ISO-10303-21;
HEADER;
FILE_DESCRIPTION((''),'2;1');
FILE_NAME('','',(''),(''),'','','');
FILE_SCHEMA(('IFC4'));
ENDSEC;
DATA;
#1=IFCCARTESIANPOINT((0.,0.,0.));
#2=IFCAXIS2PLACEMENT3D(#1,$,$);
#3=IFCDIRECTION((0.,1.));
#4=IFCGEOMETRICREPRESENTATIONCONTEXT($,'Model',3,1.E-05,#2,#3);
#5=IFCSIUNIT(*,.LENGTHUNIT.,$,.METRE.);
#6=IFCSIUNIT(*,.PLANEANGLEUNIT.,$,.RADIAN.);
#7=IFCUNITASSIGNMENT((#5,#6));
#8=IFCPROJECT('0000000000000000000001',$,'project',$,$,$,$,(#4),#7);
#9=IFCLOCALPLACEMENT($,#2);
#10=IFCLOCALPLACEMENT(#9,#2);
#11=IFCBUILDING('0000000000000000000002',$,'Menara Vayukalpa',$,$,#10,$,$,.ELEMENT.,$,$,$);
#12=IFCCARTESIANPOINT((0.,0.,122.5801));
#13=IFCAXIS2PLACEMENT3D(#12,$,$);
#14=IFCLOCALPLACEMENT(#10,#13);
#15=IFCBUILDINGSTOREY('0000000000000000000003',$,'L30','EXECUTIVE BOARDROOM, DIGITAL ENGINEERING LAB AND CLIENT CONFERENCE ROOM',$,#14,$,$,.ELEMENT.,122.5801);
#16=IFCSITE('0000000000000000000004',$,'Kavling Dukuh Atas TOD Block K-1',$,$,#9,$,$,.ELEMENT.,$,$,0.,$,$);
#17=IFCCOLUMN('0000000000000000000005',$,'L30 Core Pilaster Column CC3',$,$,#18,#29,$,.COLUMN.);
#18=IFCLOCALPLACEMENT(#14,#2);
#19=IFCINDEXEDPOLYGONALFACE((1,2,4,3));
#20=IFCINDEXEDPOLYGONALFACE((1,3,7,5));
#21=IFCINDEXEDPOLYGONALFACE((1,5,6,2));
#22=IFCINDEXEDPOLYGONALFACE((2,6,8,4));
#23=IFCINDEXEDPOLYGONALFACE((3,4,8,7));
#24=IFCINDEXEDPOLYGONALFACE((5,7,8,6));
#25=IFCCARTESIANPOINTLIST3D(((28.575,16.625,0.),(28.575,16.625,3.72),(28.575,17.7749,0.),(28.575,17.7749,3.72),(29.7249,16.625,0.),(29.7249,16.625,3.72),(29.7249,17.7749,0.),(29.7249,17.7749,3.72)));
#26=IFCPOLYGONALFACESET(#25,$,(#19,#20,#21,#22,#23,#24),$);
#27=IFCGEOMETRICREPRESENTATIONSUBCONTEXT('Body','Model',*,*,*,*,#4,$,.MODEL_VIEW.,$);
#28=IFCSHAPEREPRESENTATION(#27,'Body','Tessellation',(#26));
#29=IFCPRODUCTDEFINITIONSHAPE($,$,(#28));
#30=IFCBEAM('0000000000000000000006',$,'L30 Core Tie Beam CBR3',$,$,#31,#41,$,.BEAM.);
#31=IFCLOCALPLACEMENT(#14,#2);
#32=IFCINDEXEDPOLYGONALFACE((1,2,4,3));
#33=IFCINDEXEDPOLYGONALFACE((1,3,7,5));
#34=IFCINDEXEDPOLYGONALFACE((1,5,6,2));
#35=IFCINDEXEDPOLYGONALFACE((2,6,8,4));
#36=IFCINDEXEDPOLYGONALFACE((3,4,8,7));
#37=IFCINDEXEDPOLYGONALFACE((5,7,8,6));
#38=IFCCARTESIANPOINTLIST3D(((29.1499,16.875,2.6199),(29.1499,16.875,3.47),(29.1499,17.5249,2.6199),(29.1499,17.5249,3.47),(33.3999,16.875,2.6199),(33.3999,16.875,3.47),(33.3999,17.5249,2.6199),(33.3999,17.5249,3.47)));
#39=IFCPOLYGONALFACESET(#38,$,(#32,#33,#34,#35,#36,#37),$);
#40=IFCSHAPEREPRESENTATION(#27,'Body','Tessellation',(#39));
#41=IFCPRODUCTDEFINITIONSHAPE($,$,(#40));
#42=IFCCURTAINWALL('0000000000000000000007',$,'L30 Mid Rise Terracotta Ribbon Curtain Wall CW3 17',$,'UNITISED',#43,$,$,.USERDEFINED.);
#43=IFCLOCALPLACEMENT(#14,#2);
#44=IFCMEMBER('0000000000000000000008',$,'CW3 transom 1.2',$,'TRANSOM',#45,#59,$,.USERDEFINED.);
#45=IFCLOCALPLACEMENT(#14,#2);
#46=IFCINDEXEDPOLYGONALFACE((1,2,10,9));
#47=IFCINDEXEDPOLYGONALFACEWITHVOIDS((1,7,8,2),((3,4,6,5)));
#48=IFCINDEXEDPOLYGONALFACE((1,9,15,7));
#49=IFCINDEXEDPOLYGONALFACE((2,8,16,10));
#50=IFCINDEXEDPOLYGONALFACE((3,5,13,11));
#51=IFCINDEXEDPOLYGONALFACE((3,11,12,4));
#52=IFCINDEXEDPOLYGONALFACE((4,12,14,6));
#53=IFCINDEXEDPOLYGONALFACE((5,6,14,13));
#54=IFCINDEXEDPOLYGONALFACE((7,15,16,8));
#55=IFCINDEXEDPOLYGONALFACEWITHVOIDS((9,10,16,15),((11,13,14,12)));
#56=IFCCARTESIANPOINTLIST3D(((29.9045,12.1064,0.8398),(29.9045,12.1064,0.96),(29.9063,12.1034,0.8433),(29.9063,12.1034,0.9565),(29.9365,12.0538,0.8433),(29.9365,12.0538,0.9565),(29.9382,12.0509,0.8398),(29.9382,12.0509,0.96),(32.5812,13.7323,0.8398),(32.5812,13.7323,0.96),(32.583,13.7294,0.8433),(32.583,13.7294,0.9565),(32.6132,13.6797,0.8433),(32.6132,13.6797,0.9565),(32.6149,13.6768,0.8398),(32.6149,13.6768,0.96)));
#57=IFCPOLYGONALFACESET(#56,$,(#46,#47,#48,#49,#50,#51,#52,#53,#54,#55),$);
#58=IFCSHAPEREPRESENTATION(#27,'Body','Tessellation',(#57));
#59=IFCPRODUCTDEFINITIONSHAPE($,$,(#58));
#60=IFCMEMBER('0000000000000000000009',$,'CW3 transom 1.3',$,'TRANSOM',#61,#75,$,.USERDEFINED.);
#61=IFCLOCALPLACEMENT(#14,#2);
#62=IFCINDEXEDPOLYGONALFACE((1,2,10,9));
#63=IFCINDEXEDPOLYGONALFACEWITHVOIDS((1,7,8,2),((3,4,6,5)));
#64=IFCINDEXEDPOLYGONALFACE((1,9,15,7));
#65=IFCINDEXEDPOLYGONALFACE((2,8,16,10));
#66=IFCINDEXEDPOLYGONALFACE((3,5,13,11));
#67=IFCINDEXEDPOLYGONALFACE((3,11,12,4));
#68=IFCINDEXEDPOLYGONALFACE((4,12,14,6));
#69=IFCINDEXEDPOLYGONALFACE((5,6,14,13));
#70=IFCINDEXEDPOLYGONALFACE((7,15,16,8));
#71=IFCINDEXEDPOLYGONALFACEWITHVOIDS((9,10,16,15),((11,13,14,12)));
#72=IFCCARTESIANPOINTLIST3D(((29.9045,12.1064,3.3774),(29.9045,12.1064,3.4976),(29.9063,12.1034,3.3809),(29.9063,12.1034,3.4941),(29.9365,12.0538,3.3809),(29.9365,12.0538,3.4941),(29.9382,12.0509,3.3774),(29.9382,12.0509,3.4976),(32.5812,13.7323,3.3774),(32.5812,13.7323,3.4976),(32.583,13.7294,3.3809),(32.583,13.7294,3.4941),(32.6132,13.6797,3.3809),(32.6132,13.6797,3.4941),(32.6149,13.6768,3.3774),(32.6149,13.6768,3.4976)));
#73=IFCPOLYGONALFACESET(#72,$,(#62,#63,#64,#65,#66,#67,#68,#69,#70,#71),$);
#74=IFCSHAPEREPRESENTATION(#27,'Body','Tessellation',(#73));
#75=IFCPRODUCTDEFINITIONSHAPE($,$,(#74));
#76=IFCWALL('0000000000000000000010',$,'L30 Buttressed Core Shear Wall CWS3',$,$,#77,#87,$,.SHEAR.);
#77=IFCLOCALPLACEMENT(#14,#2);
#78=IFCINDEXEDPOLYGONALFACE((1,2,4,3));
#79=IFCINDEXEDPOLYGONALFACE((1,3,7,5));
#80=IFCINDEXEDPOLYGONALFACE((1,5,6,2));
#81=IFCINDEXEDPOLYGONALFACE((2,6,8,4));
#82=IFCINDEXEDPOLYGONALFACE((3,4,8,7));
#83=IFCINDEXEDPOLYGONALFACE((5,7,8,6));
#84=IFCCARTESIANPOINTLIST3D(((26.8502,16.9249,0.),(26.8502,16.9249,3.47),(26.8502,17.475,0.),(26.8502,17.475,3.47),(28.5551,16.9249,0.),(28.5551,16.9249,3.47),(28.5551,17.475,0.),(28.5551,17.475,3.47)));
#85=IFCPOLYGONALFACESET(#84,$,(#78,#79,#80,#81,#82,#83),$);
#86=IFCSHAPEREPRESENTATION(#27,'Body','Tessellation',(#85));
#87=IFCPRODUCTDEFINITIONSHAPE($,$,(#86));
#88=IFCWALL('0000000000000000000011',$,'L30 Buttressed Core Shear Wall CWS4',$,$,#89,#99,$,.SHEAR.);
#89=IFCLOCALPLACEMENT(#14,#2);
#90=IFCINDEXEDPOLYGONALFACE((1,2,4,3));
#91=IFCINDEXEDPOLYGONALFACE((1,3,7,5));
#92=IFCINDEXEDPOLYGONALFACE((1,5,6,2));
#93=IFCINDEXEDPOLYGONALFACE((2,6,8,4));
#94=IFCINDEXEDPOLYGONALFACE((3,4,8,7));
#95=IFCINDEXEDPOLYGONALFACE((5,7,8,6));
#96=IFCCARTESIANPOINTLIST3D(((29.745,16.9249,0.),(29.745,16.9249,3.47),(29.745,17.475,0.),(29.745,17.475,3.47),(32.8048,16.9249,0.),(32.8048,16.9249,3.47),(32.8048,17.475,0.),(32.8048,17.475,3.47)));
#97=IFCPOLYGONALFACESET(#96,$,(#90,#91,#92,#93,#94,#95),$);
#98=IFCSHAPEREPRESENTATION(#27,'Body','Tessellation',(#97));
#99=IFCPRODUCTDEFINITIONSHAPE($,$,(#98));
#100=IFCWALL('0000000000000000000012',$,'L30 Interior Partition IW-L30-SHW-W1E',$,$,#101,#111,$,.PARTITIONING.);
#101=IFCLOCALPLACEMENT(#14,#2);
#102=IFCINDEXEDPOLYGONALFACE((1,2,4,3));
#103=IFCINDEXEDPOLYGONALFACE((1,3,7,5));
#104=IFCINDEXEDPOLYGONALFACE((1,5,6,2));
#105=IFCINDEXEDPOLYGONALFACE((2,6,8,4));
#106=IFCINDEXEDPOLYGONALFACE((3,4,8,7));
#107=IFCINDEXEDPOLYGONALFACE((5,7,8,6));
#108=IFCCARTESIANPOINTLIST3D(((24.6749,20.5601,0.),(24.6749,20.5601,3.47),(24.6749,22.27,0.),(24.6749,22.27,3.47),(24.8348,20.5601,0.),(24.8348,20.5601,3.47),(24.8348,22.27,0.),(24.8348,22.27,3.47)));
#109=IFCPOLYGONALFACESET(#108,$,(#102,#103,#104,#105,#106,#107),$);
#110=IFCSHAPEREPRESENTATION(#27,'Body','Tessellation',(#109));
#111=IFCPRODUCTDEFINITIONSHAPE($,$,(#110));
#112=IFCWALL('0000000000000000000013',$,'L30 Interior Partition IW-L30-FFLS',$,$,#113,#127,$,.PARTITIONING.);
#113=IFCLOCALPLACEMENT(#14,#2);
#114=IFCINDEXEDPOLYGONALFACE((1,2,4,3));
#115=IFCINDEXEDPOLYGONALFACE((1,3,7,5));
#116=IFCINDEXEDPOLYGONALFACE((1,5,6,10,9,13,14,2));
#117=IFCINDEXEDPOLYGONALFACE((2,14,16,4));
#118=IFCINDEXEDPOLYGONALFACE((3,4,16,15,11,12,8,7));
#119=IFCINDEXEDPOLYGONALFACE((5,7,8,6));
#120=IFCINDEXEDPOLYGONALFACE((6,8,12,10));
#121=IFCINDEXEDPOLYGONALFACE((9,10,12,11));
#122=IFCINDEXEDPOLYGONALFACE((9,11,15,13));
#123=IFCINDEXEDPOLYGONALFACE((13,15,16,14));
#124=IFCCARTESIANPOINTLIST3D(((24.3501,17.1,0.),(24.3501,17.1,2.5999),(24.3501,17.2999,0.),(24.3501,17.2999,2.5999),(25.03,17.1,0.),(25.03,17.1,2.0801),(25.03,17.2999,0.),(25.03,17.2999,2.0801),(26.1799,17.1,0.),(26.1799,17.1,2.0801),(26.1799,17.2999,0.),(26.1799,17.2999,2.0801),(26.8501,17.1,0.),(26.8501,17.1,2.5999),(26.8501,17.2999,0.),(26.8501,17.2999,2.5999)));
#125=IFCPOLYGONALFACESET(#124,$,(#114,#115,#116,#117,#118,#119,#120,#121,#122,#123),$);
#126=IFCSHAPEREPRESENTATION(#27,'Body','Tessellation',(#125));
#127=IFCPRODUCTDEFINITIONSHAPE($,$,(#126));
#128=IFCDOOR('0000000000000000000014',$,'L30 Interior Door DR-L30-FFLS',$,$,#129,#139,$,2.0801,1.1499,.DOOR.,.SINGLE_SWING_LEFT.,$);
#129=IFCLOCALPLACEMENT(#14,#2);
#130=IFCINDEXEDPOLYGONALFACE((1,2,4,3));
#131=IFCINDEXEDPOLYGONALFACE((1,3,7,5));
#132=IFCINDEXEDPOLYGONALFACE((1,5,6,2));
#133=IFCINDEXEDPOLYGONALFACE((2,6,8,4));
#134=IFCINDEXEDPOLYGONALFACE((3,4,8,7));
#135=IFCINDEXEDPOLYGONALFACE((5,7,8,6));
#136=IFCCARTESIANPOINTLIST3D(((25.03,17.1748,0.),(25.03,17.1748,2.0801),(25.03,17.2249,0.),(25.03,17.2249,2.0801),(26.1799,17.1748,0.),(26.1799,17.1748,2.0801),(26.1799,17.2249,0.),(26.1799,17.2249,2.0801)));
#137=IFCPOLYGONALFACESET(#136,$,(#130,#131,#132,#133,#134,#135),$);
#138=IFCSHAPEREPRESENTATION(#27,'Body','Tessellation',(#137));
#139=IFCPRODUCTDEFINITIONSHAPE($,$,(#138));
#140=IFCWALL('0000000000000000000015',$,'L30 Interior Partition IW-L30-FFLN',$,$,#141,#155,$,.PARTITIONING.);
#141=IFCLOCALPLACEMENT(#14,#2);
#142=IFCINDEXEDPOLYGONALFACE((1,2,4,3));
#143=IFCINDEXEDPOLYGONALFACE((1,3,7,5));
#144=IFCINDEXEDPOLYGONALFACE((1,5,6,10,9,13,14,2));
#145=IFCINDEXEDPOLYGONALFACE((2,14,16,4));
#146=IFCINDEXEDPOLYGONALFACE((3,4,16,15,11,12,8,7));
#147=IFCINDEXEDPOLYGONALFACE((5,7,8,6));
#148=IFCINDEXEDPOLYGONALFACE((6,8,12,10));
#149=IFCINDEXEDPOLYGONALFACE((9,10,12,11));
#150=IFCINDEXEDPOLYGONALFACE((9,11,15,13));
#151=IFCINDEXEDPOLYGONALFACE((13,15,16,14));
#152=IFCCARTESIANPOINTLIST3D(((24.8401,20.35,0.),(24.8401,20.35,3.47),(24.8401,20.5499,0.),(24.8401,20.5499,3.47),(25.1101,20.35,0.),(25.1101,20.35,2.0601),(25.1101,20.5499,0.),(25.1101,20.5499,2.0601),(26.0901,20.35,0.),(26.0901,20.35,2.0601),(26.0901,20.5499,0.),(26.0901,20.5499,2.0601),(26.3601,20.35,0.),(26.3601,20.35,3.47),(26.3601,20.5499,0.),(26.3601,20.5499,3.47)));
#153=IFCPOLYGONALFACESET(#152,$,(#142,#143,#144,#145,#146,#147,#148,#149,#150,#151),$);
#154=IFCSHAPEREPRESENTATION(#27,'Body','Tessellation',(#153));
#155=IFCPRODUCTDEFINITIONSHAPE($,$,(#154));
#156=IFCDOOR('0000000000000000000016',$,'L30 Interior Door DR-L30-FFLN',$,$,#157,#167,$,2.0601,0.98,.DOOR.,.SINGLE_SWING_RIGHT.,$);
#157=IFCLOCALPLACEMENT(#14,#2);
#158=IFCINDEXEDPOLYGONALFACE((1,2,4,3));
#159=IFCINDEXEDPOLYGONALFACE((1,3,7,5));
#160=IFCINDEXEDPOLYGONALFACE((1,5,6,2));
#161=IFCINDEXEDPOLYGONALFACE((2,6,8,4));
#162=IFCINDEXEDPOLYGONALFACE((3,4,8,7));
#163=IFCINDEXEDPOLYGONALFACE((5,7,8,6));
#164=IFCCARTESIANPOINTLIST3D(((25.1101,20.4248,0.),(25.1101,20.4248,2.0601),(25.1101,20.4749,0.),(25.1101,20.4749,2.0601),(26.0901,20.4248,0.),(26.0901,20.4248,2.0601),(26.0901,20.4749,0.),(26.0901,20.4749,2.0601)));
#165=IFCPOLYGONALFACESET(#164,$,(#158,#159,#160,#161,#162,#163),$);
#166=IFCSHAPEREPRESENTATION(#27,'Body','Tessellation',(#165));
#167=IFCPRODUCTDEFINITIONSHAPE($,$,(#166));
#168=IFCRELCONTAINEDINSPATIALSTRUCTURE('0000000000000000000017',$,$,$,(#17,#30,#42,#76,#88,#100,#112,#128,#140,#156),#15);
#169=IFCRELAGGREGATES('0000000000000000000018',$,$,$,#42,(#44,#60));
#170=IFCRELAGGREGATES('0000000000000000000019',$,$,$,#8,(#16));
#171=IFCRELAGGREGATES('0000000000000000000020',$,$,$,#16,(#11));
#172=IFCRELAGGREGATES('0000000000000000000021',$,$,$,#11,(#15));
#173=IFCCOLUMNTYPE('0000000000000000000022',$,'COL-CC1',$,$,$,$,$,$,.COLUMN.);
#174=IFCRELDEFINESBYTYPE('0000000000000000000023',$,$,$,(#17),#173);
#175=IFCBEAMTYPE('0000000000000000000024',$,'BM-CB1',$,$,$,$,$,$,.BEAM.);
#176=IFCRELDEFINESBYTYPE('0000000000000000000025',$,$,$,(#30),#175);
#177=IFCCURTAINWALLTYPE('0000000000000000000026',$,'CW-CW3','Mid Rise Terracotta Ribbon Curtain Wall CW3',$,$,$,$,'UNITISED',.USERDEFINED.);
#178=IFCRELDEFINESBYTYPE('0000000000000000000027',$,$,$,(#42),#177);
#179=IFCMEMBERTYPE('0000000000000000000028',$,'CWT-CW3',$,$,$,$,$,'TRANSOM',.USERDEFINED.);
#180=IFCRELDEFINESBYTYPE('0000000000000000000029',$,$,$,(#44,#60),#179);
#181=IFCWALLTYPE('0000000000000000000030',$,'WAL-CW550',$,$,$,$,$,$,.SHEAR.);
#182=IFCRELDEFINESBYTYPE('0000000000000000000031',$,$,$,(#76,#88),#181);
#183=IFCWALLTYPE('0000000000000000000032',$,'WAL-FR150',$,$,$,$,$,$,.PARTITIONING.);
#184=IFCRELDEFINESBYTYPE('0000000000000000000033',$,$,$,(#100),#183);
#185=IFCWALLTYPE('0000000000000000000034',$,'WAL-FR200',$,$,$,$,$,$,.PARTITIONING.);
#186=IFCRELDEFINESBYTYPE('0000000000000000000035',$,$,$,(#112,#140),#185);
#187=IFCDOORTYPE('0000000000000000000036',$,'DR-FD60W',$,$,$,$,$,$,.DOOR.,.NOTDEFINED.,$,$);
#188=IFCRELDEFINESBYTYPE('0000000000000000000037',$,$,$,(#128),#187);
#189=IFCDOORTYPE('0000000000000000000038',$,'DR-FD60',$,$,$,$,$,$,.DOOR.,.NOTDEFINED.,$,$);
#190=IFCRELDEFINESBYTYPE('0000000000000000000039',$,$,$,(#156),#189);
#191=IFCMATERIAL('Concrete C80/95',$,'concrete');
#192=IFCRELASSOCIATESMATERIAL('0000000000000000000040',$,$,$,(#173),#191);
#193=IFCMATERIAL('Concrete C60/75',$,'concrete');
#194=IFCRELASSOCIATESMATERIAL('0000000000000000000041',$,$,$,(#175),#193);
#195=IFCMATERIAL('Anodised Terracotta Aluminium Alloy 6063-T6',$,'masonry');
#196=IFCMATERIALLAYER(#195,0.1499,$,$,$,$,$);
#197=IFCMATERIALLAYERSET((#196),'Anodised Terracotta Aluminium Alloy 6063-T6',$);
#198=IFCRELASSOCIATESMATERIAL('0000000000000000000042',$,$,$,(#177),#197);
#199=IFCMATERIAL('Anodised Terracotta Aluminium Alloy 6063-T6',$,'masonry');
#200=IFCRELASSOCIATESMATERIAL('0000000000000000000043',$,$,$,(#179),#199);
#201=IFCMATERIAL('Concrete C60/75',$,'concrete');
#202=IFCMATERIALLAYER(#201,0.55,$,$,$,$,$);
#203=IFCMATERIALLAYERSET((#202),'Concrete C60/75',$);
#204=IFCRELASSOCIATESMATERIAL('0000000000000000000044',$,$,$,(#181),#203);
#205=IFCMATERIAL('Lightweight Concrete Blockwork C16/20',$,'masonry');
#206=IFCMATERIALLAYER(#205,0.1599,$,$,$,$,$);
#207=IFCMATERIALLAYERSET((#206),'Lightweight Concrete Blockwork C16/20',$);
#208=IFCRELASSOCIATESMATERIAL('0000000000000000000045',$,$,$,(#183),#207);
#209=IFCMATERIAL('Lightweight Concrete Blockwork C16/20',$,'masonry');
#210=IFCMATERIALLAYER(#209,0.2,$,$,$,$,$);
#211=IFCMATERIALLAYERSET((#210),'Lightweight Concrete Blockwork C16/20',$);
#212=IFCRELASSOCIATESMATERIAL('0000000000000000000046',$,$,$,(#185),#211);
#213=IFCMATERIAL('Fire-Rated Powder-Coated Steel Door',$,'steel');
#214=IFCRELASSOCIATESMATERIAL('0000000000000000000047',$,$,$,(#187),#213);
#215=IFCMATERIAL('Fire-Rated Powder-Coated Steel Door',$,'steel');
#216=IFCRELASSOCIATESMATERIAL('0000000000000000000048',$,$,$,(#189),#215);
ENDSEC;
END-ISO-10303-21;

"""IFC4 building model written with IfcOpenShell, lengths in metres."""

from ifc_helpers import new_model, si_unit, direction, frame, frame_2d, origin, origin_2d, place, context, subcontext, project, spatial, rectangle, hollow_rectangle, extrude, material, layer, layer_set, material_profile, profile_set, type_object, element, fill, aggregate, save


model = new_model("IFC4")

# Units and contexts
model_context = context("Model", 3, precision=1e-05, world=origin(), true_north=direction((0.0, 1.0)))
body_context = subcontext(model_context, "Body", "Model", "MODEL_VIEW")
ifc_project = project(units=[si_unit("LENGTHUNIT", "METRE"), si_unit("PLANEANGLEUNIT", "RADIAN")], contexts=[model_context])

# Site, building, storey
site_placement = place(None, origin())
site = spatial("IfcSite", under=ifc_project, at=site_placement, Name="Kavling Dukuh Atas TOD Block K-1", CompositionType="ELEMENT", RefElevation=0.0)
building_placement = place(site_placement, origin())
building = spatial("IfcBuilding", under=site, at=building_placement, Name="Menara Vayukalpa", CompositionType="ELEMENT")
storey_placement = place(building_placement, frame((0.0, 0.0, 122.5801)))
storey = spatial("IfcBuildingStorey", under=building, at=storey_placement, Name="L30", Description="EXECUTIVE BOARDROOM, DIGITAL ENGINEERING LAB AND CLIENT CONFERENCE ROOM", CompositionType="ELEMENT", Elevation=122.5801)

# Column
ifc_material_1 = material(Name="Concrete C80/95", Category="concrete")
ifc_material_profile_1 = material_profile(ifc_material_1, rectangle(XDim=1.1499, YDim=1.1499, at=origin_2d()), Name="RC 1150x1150")
ifc_profile_set_1 = profile_set([ifc_material_profile_1], Name="Concrete C80/95")
column_type = type_object("IfcColumnType", Name="COL-CC1", PredefinedType="COLUMN", material=ifc_profile_set_1)
column_placement = place(storey_placement, frame((29.1499, 17.2, 0.0), z_axis=(0.0, 0.0, 1.0), x_axis=(1.0, 0.0, 0.0)))
element("IfcColumn", 1, at=column_placement, inside=storey, type_object=column_type, Name="L30 Core Pilaster Column CC3", PredefinedType="COLUMN", context=body_context, shape_type="SweptSolid", body=[
    extrude(rectangle(XDim=1.1499, YDim=1.1499, at=origin_2d()), origin(), (0.0, 0.0, 1.0), 3.72),
])

# Beam
ifc_material_2 = material(Name="Concrete C60/75", Category="concrete")
ifc_material_profile_2 = material_profile(ifc_material_2, rectangle(XDim=0.6499, YDim=0.8501, at=origin_2d()), Name="RC 650x850")
ifc_profile_set_2 = profile_set([ifc_material_profile_2], Name="Concrete C60/75")
beam_type = type_object("IfcBeamType", Name="BM-CB1", PredefinedType="BEAM", material=ifc_profile_set_2)
beam_placement = place(storey_placement, frame((29.1499, 17.2, 3.0449), z_axis=(1.0, 0.0, 0.0), x_axis=(0.0, 1.0, 0.0)))
element("IfcBeam", 2, at=beam_placement, inside=storey, type_object=beam_type, Name="L30 Core Tie Beam CBR3", PredefinedType="BEAM", context=body_context, shape_type="SweptSolid", body=[
    extrude(rectangle(XDim=0.6499, YDim=0.8501, at=origin_2d()), origin(), (0.0, 0.0, 1.0), 4.25),
])

# Curtain wall, members
ifc_material_3 = material(Name="Anodised Terracotta Aluminium Alloy 6063-T6", Category="masonry")
ifc_layer_1 = layer(ifc_material_3, 0.1499)
ifc_layer_set_1 = layer_set([ifc_layer_1], Name="Anodised Terracotta Aluminium Alloy 6063-T6")
curtain_wall_type = type_object("IfcCurtainWallType", Name="CW-CW3", Description="Mid Rise Terracotta Ribbon Curtain Wall CW3", ElementType="UNITISED", PredefinedType="USERDEFINED", material=ifc_layer_set_1)
curtain_wall_placement = place(storey_placement, origin())
curtain_wall = element("IfcCurtainWall", 3, at=curtain_wall_placement, inside=storey, type_object=curtain_wall_type, Name="L30 Mid Rise Terracotta Ribbon Curtain Wall CW3 17", ObjectType="UNITISED", PredefinedType="USERDEFINED")
ifc_material_4 = material(Name="Anodised Terracotta Aluminium Alloy 6063-T6", Category="masonry")
ifc_material_profile_3 = material_profile(ifc_material_4, hollow_rectangle(XDim=0.0649, YDim=0.1201, WallThickness=0.0034, at=origin_2d()), Name="ALU 65x120x3.5")
ifc_profile_set_3 = profile_set([ifc_material_profile_3], Name="Anodised Terracotta Aluminium Alloy 6063-T6")
member_type = type_object("IfcMemberType", Name="CWT-CW3", ElementType="TRANSOM", PredefinedType="USERDEFINED", material=ifc_profile_set_3)
member_1_placement = place(storey_placement, frame((29.9214, 12.0786, 0.8999), z_axis=(0.854674, 0.519165, 0.0), x_axis=(-0.519165, 0.854674, 0.0)))
member_1 = element("IfcMember", 4, at=member_1_placement, type_object=member_type, Name="CW3 transom 1.2", ObjectType="TRANSOM", PredefinedType="USERDEFINED", context=body_context, shape_type="SweptSolid", body=[
    extrude(hollow_rectangle(XDim=0.0649, YDim=0.1201, WallThickness=0.0034, at=origin_2d()), origin(), (0.0, 0.0, 1.0), 3.1318),
])
member_2_placement = place(storey_placement, frame((29.9214, 12.0786, 3.4375), z_axis=(0.854674, 0.519165, 0.0), x_axis=(-0.519165, 0.854674, 0.0)))
member_2 = element("IfcMember", 5, at=member_2_placement, type_object=member_type, Name="CW3 transom 1.3", ObjectType="TRANSOM", PredefinedType="USERDEFINED", context=body_context, shape_type="SweptSolid", body=[
    extrude(hollow_rectangle(XDim=0.0649, YDim=0.1201, WallThickness=0.0034, at=origin_2d()), origin(), (0.0, 0.0, 1.0), 3.1318),
])
aggregate(curtain_wall, [member_1, member_2])

# Walls
ifc_material_5 = material(Name="Concrete C60/75", Category="concrete")
ifc_layer_2 = layer(ifc_material_5, 0.55)
ifc_layer_set_2 = layer_set([ifc_layer_2], Name="Concrete C60/75")
wall_type_1 = type_object("IfcWallType", Name="WAL-CW550", PredefinedType="SHEAR", material=ifc_layer_set_2)
wall_1_placement = place(storey_placement, frame((26.8501, 17.2, 0.0), z_axis=(0.0, 0.0, 1.0), x_axis=(1.0, 0.0, 0.0)))
element("IfcWall", 6, at=wall_1_placement, inside=storey, type_object=wall_type_1, Name="L30 Buttressed Core Shear Wall CWS3", PredefinedType="SHEAR", context=body_context, shape_type="SweptSolid", body=[
    extrude(rectangle(XDim=1.7048, YDim=0.55, at=frame_2d((0.8525, 0.0))), origin(), (0.0, 0.0, 1.0), 3.47),
])
wall_2_placement = place(storey_placement, frame((29.7451, 17.2, 0.0), z_axis=(0.0, 0.0, 1.0), x_axis=(1.0, 0.0, 0.0)))
element("IfcWall", 7, at=wall_2_placement, inside=storey, type_object=wall_type_1, Name="L30 Buttressed Core Shear Wall CWS4", PredefinedType="SHEAR", context=body_context, shape_type="SweptSolid", body=[
    extrude(rectangle(XDim=3.0598, YDim=0.55, at=frame_2d((1.5298, 0.0))), origin(), (0.0, 0.0, 1.0), 3.47),
])
ifc_material_6 = material(Name="Lightweight Concrete Blockwork C16/20", Category="masonry")
ifc_layer_3 = layer(ifc_material_6, 0.1599)
ifc_layer_set_3 = layer_set([ifc_layer_3], Name="Lightweight Concrete Blockwork C16/20")
wall_type_2 = type_object("IfcWallType", Name="WAL-FR150", PredefinedType="PARTITIONING", material=ifc_layer_set_3)
wall_3_placement = place(storey_placement, frame((24.7549, 20.5601, 0.0), z_axis=(0.0, 0.0, 1.0), x_axis=(0.0, 1.0, 0.0)))
element("IfcWall", 8, at=wall_3_placement, inside=storey, type_object=wall_type_2, Name="L30 Interior Partition IW-L30-SHW-W1E", PredefinedType="PARTITIONING", context=body_context, shape_type="SweptSolid", body=[
    extrude(rectangle(XDim=1.71, YDim=0.1599, at=frame_2d((0.855, 0.0))), origin(), (0.0, 0.0, 1.0), 3.47),
])

# Walls, openings, doors
ifc_material_7 = material(Name="Lightweight Concrete Blockwork C16/20", Category="masonry")
ifc_layer_4 = layer(ifc_material_7, 0.2)
ifc_layer_set_4 = layer_set([ifc_layer_4], Name="Lightweight Concrete Blockwork C16/20")
wall_type_3 = type_object("IfcWallType", Name="WAL-FR200", PredefinedType="PARTITIONING", material=ifc_layer_set_4)
wall_4_placement = place(storey_placement, frame((24.3501, 17.2, 0.0), z_axis=(0.0, 0.0, 1.0), x_axis=(1.0, 0.0, 0.0)))
wall_4 = element("IfcWall", 9, at=wall_4_placement, inside=storey, type_object=wall_type_3, Name="L30 Interior Partition IW-L30-FFLS", PredefinedType="PARTITIONING", context=body_context, shape_type="SweptSolid", body=[
    extrude(rectangle(XDim=2.5, YDim=0.2, at=frame_2d((1.25, 0.0))), origin(), (0.0, 0.0, 1.0), 2.5999),
])
opening_1_placement = place(wall_4_placement, frame((0.6799, 0.0, 0.0)))
opening_1 = element("IfcOpeningElement", 10, at=opening_1_placement, cuts=wall_4, PredefinedType="OPENING", context=body_context, shape_type="SweptSolid", body=[
    extrude(rectangle(XDim=1.1499, YDim=2.0801, at=frame_2d((0.575, 1.04))), frame((0.0, 0.1099, 0.0), z_axis=(0.0, -1.0, 0.0), x_axis=(1.0, 0.0, 0.0)), (0.0, 0.0, 1.0), 0.22),
])
ifc_material_8 = material(Name="Fire-Rated Powder-Coated Steel Door", Category="steel")
door_type_1 = type_object("IfcDoorType", Name="DR-FD60W", OperationType="NOTDEFINED", PredefinedType="DOOR", material=ifc_material_8)
door_1_placement = place(opening_1_placement, origin())
door_1 = element("IfcDoor", 11, at=door_1_placement, inside=storey, type_object=door_type_1, Name="L30 Interior Door DR-L30-FFLS", OperationType="SINGLE_SWING_LEFT", OverallHeight=2.0801, OverallWidth=1.1499, PredefinedType="DOOR", context=body_context, shape_type="SweptSolid", body=[
    extrude(rectangle(XDim=1.1499, YDim=2.0801, at=frame_2d((0.575, 1.04))), frame((0.0, 0.0249, 0.0), z_axis=(0.0, -1.0, 0.0), x_axis=(1.0, 0.0, 0.0)), (0.0, 0.0, 1.0), 0.05),
])
fill(opening_1, door_1)
wall_5_placement = place(storey_placement, frame((24.8401, 20.45, 0.0), z_axis=(0.0, 0.0, 1.0), x_axis=(1.0, 0.0, 0.0)))
wall_5 = element("IfcWall", 12, at=wall_5_placement, inside=storey, type_object=wall_type_3, Name="L30 Interior Partition IW-L30-FFLN", PredefinedType="PARTITIONING", context=body_context, shape_type="SweptSolid", body=[
    extrude(rectangle(XDim=1.52, YDim=0.2, at=frame_2d((0.76, 0.0))), origin(), (0.0, 0.0, 1.0), 3.47),
])
opening_2_placement = place(wall_5_placement, frame((0.27, 0.0, 0.0)))
opening_2 = element("IfcOpeningElement", 13, at=opening_2_placement, cuts=wall_5, PredefinedType="OPENING", context=body_context, shape_type="SweptSolid", body=[
    extrude(rectangle(XDim=0.98, YDim=2.0601, at=frame_2d((0.49, 1.03))), frame((0.0, 0.1099, 0.0), z_axis=(0.0, -1.0, 0.0), x_axis=(1.0, 0.0, 0.0)), (0.0, 0.0, 1.0), 0.22),
])
ifc_material_9 = material(Name="Fire-Rated Powder-Coated Steel Door", Category="steel")
door_type_2 = type_object("IfcDoorType", Name="DR-FD60", OperationType="NOTDEFINED", PredefinedType="DOOR", material=ifc_material_9)
door_2_placement = place(opening_2_placement, origin())
door_2 = element("IfcDoor", 14, at=door_2_placement, inside=storey, type_object=door_type_2, Name="L30 Interior Door DR-L30-FFLN", OperationType="SINGLE_SWING_RIGHT", OverallHeight=2.0601, OverallWidth=0.98, PredefinedType="DOOR", context=body_context, shape_type="SweptSolid", body=[
    extrude(rectangle(XDim=0.98, YDim=2.0601, at=frame_2d((0.49, 1.03))), frame((0.0, 0.0249, 0.0), z_axis=(0.0, -1.0, 0.0), x_axis=(1.0, 0.0, 0.0)), (0.0, 0.0, 1.0), 0.05),
])
fill(opening_2, door_2)

save(model, "model.ifc")
